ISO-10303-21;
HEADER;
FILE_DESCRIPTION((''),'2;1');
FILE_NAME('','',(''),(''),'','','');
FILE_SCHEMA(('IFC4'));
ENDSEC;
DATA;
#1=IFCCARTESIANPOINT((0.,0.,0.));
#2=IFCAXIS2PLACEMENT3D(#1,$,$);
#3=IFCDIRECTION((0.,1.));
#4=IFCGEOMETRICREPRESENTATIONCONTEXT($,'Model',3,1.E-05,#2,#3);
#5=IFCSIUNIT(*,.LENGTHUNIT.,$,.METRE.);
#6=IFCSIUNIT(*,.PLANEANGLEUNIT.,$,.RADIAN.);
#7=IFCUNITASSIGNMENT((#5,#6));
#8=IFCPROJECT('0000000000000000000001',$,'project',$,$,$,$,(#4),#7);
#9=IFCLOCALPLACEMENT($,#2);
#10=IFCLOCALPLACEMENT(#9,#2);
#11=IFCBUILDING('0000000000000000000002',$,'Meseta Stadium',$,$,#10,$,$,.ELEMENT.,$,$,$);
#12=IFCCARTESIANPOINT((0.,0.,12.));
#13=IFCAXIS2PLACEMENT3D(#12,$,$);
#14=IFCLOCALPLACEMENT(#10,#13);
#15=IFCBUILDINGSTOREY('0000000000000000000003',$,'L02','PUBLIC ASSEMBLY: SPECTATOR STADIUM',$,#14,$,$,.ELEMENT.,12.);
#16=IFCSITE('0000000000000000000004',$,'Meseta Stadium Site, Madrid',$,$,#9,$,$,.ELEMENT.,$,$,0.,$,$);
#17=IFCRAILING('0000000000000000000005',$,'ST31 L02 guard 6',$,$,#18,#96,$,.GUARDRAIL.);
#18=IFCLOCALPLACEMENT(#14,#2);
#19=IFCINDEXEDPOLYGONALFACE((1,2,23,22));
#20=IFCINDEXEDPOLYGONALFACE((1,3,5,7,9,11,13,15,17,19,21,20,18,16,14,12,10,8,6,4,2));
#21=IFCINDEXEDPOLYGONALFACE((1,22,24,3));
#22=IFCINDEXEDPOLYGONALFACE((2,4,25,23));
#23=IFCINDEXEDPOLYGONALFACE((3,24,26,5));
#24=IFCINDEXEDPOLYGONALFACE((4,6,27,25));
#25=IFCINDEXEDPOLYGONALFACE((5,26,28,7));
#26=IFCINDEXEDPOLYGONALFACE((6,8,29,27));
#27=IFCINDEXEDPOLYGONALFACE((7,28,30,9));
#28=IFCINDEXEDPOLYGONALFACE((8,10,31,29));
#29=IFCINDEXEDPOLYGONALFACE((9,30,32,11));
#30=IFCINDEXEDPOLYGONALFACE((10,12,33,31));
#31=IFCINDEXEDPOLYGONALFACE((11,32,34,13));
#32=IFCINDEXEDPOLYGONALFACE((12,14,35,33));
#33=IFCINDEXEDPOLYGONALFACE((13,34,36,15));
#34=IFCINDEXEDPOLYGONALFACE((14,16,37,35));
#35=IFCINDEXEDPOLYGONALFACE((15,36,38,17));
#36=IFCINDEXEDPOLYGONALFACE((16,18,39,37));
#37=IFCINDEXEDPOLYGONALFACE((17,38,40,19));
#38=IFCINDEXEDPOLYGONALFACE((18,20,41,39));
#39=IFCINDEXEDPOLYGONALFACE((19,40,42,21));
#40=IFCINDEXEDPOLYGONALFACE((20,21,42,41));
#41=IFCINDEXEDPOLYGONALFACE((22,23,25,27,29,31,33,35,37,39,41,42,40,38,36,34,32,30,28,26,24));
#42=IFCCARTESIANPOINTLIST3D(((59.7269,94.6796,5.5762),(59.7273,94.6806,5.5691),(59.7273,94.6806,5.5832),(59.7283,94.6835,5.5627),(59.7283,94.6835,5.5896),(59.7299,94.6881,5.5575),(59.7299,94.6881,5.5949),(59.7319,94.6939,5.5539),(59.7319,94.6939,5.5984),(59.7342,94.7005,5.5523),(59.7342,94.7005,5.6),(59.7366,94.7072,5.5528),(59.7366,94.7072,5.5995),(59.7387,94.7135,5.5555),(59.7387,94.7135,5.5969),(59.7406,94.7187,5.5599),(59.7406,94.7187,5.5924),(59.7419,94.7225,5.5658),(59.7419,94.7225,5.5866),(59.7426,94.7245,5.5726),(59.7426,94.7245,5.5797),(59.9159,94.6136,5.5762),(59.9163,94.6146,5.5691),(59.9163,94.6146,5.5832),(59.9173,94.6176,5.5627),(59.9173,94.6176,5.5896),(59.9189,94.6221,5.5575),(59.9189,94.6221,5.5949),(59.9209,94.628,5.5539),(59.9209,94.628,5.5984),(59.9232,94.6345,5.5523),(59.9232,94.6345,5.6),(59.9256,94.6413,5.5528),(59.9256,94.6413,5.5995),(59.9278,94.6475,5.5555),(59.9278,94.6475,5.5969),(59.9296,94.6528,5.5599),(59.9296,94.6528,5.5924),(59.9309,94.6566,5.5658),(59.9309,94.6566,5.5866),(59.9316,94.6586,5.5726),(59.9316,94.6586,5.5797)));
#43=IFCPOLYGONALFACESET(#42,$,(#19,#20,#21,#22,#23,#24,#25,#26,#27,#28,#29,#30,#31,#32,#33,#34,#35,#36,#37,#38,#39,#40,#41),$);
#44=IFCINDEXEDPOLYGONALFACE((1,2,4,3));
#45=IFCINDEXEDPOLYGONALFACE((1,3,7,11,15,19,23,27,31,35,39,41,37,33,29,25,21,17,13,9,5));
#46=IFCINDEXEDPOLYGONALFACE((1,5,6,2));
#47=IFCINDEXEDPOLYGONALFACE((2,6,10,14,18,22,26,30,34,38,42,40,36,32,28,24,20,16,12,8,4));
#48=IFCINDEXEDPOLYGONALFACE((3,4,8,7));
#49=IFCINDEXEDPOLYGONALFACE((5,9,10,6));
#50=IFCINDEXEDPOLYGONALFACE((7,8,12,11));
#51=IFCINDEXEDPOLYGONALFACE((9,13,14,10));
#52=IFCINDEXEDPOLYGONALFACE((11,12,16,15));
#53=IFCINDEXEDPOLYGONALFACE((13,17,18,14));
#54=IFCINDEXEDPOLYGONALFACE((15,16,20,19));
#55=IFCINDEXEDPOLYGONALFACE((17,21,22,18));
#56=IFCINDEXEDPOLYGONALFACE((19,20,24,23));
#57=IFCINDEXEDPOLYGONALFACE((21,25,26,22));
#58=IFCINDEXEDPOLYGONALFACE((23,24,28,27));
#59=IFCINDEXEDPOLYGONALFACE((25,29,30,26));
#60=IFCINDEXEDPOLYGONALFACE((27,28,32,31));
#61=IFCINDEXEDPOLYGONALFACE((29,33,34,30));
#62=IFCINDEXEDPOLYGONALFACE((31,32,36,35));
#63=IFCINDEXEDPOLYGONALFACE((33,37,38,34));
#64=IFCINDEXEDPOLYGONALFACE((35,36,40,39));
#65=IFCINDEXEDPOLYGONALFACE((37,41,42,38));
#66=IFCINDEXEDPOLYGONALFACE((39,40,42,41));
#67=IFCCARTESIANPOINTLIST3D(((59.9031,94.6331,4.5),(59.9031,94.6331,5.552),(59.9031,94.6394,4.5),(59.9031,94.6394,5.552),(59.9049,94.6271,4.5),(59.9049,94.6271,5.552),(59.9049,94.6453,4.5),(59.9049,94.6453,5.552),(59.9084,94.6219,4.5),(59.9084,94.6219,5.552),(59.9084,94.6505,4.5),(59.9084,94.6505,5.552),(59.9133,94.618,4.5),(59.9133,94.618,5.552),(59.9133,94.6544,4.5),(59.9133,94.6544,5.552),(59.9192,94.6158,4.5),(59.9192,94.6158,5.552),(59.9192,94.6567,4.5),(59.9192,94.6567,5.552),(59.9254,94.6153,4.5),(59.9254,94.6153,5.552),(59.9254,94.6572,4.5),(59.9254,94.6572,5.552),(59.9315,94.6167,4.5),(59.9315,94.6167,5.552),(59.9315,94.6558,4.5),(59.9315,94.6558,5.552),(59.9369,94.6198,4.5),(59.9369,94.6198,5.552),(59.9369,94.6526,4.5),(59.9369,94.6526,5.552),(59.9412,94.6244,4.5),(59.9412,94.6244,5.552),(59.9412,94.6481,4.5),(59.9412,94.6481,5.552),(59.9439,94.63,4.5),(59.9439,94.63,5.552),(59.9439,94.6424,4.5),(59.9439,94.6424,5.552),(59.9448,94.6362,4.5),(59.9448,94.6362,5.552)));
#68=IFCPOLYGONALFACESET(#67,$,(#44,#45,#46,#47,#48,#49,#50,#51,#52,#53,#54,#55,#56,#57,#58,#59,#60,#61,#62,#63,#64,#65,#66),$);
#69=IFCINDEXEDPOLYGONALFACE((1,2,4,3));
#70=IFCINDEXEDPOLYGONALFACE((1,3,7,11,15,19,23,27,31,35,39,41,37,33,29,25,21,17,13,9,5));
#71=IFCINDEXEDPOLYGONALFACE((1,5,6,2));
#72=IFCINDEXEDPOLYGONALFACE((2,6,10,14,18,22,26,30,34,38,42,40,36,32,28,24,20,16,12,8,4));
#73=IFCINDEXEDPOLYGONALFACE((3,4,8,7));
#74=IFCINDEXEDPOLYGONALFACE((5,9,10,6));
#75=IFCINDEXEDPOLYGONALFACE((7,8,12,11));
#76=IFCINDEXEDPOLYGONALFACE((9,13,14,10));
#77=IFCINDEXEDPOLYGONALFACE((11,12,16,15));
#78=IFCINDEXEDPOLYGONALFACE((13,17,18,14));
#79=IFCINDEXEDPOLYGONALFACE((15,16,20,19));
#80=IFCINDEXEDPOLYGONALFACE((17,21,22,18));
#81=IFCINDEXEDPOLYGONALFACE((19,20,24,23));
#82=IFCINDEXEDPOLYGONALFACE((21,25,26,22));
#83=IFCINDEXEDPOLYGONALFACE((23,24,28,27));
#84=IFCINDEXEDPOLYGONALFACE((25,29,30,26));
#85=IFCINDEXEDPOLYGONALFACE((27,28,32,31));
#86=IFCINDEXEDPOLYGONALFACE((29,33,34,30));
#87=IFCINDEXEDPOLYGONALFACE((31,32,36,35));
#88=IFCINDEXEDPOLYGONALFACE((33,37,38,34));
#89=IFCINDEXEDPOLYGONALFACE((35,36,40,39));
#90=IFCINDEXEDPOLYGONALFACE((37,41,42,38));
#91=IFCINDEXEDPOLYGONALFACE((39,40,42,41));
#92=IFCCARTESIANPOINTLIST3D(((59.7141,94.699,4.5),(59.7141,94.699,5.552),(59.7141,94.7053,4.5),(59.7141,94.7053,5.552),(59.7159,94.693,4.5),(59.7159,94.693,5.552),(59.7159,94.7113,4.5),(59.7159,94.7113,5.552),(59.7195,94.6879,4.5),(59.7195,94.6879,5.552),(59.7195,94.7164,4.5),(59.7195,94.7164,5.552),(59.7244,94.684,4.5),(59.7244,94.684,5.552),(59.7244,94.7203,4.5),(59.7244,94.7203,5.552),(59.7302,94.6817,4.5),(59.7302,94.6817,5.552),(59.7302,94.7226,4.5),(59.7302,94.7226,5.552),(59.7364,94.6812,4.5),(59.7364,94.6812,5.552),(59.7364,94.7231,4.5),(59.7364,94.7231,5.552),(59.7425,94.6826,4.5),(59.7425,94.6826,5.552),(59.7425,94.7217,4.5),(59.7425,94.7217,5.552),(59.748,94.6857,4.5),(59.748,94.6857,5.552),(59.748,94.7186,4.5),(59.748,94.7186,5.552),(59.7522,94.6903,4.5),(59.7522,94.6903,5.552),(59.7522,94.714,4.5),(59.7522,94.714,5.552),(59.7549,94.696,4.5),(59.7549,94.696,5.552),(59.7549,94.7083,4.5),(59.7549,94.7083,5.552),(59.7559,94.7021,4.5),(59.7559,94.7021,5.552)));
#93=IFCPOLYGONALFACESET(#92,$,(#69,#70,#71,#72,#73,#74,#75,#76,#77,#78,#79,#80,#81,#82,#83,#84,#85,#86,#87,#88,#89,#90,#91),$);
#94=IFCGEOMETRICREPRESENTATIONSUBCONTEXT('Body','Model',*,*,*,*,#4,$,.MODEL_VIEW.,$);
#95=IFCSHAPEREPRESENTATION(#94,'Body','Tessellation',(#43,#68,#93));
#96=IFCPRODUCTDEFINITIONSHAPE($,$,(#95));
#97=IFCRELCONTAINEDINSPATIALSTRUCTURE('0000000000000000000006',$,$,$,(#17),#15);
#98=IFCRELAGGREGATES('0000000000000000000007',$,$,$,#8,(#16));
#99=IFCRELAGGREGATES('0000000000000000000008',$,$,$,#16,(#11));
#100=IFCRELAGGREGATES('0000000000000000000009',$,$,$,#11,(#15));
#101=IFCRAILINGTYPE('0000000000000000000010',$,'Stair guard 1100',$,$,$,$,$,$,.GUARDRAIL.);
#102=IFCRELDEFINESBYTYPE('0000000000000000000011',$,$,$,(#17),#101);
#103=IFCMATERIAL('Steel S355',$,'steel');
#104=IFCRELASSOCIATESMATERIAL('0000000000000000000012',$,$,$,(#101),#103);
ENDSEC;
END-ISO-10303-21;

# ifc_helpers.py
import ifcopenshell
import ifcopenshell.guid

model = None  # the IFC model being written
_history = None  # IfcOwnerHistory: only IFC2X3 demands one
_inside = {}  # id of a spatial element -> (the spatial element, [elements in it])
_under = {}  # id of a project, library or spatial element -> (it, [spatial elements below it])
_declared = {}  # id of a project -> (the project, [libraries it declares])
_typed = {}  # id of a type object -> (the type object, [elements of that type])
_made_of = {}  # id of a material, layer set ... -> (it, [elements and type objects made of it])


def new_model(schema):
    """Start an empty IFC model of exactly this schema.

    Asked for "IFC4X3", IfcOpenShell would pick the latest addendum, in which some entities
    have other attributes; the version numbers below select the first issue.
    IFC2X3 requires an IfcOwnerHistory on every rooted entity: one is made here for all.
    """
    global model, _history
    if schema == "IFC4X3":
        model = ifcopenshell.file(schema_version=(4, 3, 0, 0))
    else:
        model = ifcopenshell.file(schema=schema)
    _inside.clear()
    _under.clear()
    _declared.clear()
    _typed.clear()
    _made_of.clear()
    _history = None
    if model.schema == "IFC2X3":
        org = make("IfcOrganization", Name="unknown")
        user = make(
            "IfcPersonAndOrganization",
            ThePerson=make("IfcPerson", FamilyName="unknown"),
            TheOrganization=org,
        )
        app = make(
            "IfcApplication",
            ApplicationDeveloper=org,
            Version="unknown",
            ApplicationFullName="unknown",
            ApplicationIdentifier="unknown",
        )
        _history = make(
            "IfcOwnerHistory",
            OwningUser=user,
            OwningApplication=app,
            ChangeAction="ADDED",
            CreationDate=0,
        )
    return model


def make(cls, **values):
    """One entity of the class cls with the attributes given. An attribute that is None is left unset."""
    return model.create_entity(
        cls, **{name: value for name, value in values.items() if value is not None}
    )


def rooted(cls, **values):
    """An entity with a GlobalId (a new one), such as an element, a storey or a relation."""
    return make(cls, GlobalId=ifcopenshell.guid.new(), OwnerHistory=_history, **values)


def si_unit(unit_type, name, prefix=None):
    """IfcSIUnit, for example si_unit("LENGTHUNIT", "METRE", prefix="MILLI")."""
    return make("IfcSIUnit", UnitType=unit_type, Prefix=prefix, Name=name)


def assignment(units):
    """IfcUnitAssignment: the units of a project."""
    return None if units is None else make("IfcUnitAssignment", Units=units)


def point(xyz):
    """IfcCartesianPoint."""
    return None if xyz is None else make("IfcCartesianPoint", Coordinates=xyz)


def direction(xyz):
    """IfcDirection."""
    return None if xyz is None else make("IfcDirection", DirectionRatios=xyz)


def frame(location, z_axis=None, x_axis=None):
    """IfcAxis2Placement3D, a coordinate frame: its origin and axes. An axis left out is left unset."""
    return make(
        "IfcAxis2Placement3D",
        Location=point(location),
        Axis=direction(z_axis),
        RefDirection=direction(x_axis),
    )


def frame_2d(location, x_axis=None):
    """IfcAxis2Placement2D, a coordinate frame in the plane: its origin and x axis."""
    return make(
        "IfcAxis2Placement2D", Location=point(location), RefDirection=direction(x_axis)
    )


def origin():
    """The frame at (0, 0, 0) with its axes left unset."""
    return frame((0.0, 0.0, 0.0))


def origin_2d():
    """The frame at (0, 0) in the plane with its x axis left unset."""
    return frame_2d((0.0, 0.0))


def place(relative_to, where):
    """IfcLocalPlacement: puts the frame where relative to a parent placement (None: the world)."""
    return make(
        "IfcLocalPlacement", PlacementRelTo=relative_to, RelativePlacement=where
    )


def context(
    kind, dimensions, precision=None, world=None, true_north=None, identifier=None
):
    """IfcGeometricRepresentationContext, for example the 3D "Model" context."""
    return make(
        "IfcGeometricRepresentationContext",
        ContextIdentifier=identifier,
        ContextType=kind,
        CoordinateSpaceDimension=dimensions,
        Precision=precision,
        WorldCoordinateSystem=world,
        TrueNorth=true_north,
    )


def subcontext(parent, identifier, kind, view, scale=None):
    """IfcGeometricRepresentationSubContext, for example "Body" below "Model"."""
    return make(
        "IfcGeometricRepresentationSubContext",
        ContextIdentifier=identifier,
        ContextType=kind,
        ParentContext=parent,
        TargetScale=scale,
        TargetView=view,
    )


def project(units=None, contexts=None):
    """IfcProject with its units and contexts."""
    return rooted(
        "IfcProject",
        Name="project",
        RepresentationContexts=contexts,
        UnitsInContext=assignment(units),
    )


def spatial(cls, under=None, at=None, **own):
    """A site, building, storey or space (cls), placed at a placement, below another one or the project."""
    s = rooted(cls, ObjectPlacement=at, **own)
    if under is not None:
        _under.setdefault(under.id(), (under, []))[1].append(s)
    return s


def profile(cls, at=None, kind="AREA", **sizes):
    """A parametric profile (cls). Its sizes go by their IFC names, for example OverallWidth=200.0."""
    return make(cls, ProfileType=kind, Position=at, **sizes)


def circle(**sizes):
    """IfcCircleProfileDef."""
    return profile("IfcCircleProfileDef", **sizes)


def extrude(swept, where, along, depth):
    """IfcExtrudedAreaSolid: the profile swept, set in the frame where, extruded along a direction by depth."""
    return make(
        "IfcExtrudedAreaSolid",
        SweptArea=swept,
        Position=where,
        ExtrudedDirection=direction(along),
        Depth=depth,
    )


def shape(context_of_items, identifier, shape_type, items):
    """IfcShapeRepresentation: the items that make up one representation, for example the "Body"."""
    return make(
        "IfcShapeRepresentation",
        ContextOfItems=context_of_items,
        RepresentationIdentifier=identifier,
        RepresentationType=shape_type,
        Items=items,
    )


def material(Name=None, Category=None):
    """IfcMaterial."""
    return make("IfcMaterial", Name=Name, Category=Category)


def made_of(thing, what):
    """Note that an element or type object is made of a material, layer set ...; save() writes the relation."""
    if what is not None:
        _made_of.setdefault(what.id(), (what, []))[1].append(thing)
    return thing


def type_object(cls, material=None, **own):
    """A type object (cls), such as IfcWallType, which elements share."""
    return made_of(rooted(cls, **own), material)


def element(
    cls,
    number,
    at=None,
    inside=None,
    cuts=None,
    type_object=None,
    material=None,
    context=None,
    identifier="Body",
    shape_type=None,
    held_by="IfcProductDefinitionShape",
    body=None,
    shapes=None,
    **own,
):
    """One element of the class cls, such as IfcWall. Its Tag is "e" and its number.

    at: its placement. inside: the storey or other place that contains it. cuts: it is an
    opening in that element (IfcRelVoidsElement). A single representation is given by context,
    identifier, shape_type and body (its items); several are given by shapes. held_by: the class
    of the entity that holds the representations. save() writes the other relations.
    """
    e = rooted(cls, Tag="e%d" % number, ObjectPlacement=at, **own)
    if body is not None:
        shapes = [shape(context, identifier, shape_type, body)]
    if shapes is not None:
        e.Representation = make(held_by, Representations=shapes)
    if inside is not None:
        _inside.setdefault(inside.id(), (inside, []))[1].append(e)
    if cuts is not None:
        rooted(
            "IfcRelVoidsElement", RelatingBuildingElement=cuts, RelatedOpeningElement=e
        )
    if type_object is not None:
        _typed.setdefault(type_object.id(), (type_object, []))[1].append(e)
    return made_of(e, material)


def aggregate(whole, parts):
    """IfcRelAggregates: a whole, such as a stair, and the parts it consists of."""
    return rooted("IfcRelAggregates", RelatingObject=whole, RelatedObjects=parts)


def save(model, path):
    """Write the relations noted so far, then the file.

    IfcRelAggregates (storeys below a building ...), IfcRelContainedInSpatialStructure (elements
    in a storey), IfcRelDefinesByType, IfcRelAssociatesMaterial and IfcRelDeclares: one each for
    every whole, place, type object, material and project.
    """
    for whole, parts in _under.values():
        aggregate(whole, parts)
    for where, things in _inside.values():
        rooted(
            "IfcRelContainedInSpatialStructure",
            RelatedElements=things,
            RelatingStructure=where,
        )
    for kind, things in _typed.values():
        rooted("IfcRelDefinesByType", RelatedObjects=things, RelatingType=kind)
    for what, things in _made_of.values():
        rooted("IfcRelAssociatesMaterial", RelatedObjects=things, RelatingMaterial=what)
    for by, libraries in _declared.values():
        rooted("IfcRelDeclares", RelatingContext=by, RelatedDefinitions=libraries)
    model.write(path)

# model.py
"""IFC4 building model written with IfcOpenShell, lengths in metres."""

from ifc_helpers import new_model, si_unit, direction, frame, origin, origin_2d, place, context, subcontext, project, spatial, circle, extrude, material, type_object, element, save


model = new_model("IFC4")

# Units and contexts
model_context = context("Model", 3, precision=1e-05, world=origin(), true_north=direction((0.0, 1.0)))
body_context = subcontext(model_context, "Body", "Model", "MODEL_VIEW")
ifc_project = project(units=[si_unit("LENGTHUNIT", "METRE"), si_unit("PLANEANGLEUNIT", "RADIAN")], contexts=[model_context])

# Site, building, storey
site_placement = place(None, origin())
site = spatial("IfcSite", under=ifc_project, at=site_placement, Name="Meseta Stadium Site, Madrid", CompositionType="ELEMENT", RefElevation=0.0)
building_placement = place(site_placement, origin())
building = spatial("IfcBuilding", under=site, at=building_placement, Name="Meseta Stadium", CompositionType="ELEMENT")
storey_placement = place(building_placement, frame((0.0, 0.0, 12.0)))
storey = spatial("IfcBuildingStorey", under=building, at=storey_placement, Name="L02", Description="PUBLIC ASSEMBLY: SPECTATOR STADIUM", CompositionType="ELEMENT", Elevation=12.0)

# Railing
ifc_material_1 = material(Name="Steel S355", Category="steel")
railing_type_1 = type_object("IfcRailingType", Name="Stair guard 1100", PredefinedType="GUARDRAIL", material=ifc_material_1)
railing_1_placement = place(storey_placement, frame((59.9238, 94.6362, 4.5)))
element("IfcRailing", 1, at=railing_1_placement, inside=storey, type_object=railing_type_1, Name="ST31 L02 guard 6", PredefinedType="GUARDRAIL", context=body_context, shape_type="SweptSolid", body=[
    extrude(circle(Radius=0.0239, at=origin_2d()), frame((0.0, 0.0, 1.0762), z_axis=(-0.9442, 0.329372, 0.0), x_axis=(-0.329372, -0.9442, 0.0)), (0.0, 0.0, 1.0), 0.2002),
    extrude(circle(Radius=0.021, at=origin_2d()), origin(), (0.0, 0.0, 1.0), 1.052),
    extrude(circle(Radius=0.021, at=origin_2d()), frame((-0.189, 0.0659, 0.0)), (0.0, 0.0, 1.0), 1.052),
])

save(model, "model.ifc")
